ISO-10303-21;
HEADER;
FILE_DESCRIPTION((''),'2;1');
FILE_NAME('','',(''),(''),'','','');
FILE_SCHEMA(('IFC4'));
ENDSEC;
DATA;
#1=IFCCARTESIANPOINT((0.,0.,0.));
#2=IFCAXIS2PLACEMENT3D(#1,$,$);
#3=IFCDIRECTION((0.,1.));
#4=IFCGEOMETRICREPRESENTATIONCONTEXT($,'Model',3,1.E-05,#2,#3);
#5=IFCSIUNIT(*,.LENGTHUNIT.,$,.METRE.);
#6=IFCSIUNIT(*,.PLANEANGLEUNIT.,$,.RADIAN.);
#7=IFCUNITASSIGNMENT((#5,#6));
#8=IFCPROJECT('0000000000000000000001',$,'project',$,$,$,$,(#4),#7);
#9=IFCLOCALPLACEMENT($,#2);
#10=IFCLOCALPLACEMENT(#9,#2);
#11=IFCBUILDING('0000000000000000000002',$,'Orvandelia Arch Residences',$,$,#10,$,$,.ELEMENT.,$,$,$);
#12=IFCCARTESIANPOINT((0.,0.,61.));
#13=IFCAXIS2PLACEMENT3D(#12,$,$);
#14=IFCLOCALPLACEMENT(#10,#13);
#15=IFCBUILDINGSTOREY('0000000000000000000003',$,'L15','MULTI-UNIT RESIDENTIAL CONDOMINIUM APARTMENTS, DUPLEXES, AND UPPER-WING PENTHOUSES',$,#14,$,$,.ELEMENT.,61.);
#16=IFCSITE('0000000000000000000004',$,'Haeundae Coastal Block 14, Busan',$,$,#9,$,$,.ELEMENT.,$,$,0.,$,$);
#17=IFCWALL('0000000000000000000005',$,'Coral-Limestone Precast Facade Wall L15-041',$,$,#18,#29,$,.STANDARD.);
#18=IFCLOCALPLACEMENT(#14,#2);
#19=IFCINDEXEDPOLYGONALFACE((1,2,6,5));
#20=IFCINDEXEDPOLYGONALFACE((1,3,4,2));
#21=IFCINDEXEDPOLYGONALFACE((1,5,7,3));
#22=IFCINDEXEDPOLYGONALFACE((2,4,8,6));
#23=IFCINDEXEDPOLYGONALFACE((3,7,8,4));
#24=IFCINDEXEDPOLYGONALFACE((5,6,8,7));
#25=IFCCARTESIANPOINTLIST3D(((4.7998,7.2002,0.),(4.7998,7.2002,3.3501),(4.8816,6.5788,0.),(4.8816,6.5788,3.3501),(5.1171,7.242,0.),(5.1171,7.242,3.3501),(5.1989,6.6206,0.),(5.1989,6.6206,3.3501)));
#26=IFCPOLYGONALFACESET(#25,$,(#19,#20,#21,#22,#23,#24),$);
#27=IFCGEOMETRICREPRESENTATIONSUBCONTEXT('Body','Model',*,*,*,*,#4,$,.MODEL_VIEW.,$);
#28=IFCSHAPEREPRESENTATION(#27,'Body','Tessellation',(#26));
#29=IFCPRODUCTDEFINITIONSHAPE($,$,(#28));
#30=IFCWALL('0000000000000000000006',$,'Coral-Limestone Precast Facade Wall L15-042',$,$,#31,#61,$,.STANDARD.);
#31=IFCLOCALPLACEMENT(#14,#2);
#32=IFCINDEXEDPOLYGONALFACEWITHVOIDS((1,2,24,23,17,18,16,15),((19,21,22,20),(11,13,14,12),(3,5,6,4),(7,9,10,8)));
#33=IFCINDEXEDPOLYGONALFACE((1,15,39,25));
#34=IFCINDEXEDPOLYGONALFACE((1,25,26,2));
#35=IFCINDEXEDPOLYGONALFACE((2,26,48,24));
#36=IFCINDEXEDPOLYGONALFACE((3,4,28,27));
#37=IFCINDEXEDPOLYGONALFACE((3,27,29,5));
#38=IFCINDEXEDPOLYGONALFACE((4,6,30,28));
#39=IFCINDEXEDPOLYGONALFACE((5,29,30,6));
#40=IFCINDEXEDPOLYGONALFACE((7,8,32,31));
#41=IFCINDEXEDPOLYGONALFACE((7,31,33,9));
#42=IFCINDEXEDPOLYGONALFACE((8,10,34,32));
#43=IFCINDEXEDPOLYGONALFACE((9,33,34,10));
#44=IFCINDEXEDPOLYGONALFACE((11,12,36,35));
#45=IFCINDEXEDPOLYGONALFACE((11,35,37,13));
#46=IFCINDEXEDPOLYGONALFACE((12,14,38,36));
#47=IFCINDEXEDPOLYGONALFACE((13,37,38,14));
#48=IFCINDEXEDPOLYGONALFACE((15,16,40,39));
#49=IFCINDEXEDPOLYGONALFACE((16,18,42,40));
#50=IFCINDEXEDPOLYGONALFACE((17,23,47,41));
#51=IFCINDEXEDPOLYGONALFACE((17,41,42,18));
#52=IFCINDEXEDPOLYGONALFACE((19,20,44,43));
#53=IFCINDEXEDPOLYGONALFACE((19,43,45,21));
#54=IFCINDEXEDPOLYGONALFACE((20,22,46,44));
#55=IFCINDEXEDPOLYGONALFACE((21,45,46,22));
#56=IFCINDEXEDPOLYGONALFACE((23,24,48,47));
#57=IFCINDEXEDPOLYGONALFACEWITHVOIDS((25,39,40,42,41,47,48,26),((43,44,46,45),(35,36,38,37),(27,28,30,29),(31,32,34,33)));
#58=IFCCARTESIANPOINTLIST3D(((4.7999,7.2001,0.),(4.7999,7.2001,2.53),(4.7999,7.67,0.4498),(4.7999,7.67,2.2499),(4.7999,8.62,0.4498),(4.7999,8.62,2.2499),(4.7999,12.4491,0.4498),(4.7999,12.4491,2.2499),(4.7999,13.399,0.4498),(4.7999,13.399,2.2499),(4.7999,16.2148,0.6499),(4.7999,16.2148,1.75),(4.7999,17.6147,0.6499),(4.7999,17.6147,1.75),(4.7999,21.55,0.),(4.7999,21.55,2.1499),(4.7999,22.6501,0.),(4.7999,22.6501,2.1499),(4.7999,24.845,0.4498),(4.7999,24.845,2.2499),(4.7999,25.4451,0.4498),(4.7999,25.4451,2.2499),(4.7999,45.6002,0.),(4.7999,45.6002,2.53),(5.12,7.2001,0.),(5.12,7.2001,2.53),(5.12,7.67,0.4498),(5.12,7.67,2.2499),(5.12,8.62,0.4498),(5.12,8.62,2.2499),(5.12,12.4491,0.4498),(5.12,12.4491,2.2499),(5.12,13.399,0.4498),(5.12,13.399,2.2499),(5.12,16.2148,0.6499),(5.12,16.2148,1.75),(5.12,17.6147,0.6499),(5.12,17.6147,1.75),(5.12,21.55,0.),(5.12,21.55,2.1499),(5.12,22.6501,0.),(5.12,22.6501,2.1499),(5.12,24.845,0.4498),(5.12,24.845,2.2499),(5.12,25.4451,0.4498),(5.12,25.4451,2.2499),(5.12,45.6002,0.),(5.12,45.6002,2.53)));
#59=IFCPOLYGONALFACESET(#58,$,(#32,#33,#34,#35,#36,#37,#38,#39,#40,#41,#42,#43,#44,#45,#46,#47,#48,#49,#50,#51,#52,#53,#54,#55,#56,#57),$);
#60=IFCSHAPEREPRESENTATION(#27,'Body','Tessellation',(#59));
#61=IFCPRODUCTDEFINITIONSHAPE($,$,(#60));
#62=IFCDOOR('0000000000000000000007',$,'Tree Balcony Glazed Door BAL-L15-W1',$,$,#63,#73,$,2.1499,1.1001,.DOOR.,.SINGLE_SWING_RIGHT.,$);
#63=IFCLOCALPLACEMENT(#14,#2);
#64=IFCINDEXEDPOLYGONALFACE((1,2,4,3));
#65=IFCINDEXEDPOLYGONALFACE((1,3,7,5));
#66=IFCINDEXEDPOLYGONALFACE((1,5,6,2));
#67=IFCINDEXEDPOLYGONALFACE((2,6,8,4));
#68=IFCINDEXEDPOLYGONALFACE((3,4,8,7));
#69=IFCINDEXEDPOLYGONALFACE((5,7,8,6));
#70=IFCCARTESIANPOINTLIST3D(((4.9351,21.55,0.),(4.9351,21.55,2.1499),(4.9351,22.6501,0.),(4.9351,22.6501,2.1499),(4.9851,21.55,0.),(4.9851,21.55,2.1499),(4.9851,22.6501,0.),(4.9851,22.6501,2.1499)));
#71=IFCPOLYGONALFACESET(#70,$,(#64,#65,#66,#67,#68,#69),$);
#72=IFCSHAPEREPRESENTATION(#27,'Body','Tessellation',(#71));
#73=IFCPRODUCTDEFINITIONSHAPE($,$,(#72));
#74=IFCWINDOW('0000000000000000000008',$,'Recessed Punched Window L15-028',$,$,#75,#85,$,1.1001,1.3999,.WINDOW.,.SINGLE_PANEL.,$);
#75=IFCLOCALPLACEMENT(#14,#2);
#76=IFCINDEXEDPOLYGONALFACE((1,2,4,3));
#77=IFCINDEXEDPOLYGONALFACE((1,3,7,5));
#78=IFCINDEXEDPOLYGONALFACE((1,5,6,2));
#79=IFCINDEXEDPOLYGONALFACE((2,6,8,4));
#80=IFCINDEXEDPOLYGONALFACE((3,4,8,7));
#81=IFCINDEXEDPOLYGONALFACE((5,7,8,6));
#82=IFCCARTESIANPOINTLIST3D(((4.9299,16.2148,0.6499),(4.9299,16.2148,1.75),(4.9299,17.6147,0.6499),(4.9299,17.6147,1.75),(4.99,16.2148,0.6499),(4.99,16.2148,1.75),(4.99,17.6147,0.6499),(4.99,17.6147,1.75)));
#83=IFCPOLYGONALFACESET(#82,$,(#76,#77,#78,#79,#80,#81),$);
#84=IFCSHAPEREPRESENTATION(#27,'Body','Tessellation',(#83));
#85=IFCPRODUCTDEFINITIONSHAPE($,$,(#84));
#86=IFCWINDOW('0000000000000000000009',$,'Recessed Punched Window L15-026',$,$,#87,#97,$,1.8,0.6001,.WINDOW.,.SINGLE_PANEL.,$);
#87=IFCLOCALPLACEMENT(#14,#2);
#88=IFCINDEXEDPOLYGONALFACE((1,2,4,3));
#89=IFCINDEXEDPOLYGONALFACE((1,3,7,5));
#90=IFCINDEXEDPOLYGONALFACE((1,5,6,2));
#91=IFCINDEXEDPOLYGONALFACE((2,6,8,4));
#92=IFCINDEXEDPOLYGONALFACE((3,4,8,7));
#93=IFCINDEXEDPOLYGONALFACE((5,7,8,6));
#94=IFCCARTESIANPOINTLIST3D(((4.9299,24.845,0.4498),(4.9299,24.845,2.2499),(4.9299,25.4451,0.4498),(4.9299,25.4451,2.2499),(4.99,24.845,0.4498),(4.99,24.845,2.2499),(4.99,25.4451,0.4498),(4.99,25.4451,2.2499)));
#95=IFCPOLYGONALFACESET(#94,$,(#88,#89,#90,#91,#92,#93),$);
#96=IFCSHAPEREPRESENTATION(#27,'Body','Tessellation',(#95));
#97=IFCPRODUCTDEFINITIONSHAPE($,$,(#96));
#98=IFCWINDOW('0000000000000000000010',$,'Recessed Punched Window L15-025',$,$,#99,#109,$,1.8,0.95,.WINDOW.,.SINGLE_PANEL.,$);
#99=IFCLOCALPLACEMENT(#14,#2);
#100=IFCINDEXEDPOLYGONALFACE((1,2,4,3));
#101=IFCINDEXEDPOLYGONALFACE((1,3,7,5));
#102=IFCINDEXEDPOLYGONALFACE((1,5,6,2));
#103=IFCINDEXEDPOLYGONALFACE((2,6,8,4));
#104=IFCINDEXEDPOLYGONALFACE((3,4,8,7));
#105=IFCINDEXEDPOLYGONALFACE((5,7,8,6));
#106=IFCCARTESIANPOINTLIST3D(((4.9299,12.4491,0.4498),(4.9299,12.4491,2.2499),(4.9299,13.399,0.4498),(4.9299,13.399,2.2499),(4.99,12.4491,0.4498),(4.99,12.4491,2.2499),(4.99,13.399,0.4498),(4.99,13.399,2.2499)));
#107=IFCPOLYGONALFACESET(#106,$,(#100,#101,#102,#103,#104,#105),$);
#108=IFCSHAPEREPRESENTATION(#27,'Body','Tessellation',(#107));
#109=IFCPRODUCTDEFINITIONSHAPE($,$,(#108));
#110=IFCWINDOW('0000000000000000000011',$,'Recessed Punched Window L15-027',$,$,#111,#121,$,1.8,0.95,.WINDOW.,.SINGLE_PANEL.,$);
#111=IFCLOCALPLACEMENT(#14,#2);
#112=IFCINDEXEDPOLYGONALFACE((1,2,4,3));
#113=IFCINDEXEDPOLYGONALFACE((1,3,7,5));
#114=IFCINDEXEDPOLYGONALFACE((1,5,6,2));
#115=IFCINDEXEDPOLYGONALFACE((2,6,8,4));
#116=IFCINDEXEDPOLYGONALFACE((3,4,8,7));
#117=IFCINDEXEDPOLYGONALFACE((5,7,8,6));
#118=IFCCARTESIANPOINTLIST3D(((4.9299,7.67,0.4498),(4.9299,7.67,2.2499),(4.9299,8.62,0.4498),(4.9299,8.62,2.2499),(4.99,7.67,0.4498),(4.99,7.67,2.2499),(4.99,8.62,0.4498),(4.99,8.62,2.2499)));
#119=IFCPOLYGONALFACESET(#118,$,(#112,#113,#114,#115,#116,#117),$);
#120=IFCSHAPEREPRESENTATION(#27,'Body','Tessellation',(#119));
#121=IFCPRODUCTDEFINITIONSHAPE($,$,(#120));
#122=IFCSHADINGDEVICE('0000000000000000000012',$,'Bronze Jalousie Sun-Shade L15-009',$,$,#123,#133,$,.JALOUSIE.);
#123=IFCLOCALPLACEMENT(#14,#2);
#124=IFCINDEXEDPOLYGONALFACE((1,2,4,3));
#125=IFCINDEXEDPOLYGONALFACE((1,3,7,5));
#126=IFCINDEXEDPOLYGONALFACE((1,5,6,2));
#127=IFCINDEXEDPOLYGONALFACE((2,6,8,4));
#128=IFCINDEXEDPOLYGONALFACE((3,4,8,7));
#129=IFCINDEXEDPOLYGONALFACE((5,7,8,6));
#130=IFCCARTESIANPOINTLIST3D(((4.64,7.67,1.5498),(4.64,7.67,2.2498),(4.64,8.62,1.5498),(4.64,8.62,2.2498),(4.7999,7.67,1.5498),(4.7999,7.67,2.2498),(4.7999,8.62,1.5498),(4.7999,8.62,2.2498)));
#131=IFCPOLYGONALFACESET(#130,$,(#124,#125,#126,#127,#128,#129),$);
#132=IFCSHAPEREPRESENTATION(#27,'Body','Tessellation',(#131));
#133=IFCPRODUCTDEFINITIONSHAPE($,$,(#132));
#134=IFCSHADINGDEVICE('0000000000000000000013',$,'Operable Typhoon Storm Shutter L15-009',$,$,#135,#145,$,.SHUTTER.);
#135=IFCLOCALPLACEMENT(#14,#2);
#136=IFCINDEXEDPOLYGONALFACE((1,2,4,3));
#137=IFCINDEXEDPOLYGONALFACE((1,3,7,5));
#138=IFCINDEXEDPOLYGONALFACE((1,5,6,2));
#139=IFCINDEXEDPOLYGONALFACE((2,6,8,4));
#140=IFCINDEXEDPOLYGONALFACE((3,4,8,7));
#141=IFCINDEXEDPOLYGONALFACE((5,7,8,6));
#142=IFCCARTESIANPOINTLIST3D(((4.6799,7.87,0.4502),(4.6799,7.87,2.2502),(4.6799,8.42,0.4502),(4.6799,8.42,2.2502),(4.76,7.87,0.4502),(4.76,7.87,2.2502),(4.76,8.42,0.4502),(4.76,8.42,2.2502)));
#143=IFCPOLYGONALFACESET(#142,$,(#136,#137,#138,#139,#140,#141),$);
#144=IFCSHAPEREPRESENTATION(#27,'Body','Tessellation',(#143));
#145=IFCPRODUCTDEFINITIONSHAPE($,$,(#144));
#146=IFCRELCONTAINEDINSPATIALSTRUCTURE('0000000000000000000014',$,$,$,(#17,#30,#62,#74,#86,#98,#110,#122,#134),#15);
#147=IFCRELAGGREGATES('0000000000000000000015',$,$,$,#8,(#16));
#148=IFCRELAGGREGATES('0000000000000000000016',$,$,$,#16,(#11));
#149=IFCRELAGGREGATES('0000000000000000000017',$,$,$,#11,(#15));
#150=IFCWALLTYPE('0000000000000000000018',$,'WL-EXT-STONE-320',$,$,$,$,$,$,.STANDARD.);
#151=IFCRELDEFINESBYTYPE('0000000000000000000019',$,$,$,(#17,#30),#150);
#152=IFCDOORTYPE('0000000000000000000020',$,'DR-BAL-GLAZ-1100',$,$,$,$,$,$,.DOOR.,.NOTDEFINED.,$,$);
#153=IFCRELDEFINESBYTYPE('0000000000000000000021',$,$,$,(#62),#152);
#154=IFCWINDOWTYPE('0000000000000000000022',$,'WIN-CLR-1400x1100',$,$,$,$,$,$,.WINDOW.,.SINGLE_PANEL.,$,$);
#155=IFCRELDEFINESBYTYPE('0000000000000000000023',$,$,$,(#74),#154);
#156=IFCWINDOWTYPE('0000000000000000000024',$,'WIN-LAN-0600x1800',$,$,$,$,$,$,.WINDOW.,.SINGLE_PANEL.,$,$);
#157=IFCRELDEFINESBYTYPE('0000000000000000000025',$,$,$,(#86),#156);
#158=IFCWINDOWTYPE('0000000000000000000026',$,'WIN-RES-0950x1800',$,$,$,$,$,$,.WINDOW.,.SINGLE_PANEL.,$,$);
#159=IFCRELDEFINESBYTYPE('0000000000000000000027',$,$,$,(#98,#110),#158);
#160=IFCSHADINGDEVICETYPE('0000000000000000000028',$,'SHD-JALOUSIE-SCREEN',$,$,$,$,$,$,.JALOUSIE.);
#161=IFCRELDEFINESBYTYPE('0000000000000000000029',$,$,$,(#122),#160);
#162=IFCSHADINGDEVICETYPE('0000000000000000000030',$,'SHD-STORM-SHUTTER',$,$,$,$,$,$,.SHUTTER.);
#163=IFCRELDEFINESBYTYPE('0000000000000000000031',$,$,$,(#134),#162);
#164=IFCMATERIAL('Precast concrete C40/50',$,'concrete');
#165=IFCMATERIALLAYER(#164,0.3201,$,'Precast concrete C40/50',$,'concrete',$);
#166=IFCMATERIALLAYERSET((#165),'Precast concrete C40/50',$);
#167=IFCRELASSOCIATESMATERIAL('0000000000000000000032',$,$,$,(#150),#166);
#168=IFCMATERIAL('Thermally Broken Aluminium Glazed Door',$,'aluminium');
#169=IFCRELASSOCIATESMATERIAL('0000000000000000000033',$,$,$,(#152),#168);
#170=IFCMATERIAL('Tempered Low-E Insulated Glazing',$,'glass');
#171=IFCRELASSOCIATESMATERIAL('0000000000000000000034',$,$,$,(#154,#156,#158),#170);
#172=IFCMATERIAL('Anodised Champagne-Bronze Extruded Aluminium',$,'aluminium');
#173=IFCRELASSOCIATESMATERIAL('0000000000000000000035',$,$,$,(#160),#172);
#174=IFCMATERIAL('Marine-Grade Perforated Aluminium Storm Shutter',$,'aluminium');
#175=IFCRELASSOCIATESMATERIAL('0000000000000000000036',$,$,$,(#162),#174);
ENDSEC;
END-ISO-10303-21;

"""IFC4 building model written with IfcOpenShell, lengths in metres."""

from ifc_helpers import new_model, si_unit, direction, frame, frame_2d, origin, origin_2d, place, context, subcontext, project, spatial, rectangle, extrude, material, layer, layer_set, type_object, element, fill, save


model = new_model("IFC4")

# Units and contexts
model_context = context("Model", 3, precision=1e-05, world=origin(), true_north=direction((0.0, 1.0)))
body_context = subcontext(model_context, "Body", "Model", "MODEL_VIEW")
ifc_project = project(units=[si_unit("LENGTHUNIT", "METRE"), si_unit("PLANEANGLEUNIT", "RADIAN")], contexts=[model_context])

# Site, building, storey
site_placement = place(None, origin())
site = spatial("IfcSite", under=ifc_project, at=site_placement, Name="Haeundae Coastal Block 14, Busan", CompositionType="ELEMENT", RefElevation=0.0)
building_placement = place(site_placement, origin())
building = spatial("IfcBuilding", under=site, at=building_placement, Name="Orvandelia Arch Residences", CompositionType="ELEMENT")
storey_placement = place(building_placement, frame((0.0, 0.0, 61.0)))
storey = spatial("IfcBuildingStorey", under=building, at=storey_placement, Name="L15", Description="MULTI-UNIT RESIDENTIAL CONDOMINIUM APARTMENTS, DUPLEXES, AND UPPER-WING PENTHOUSES", CompositionType="ELEMENT", Elevation=61.0)

# Shared definitions
ifc_material_1 = material(Name="Precast concrete C40/50", Category="concrete")

# Wall
ifc_layer_1 = layer(ifc_material_1, 0.3201, Name="Precast concrete C40/50", Category="concrete")
ifc_layer_set_1 = layer_set([ifc_layer_1], Name="Precast concrete C40/50")
wall_type_1 = type_object("IfcWallType", Name="WL-EXT-STONE-320", PredefinedType="STANDARD", material=ifc_layer_set_1)
wall_1_placement = place(storey_placement, frame((5.0403, 6.5996, 0.0), z_axis=(0.0, 0.0, 1.0), x_axis=(-0.130505, 0.991448, 0.0)))
element("IfcWall", 1, at=wall_1_placement, inside=storey, type_object=wall_type_1, Name="Coral-Limestone Precast Facade Wall L15-041", PredefinedType="STANDARD", context=body_context, shape_type="SweptSolid", body=[
    extrude(rectangle(XDim=0.6267, YDim=0.3201, at=frame_2d((0.3135, 0.0))), origin(), (0.0, 0.0, 1.0), 3.3501),
])

# Wall, openings, door, windows
wall_2_placement = place(storey_placement, frame((4.96, 7.2, 0.0), z_axis=(0.0, 0.0, 1.0), x_axis=(0.0, 1.0, 0.0)))
wall_2 = element("IfcWall", 2, at=wall_2_placement, inside=storey, type_object=wall_type_1, Name="Coral-Limestone Precast Facade Wall L15-042", PredefinedType="STANDARD", context=body_context, shape_type="SweptSolid", body=[
    extrude(rectangle(XDim=38.4001, YDim=0.3201, at=frame_2d((19.2002, 0.0))), origin(), (0.0, 0.0, 1.0), 2.53),
])
opening_1_placement = place(wall_2_placement, frame((14.3501, 0.0, 0.0)))
opening_1 = element("IfcOpeningElement", 3, at=opening_1_placement, cuts=wall_2, PredefinedType="OPENING", context=body_context, shape_type="SweptSolid", body=[
    extrude(rectangle(XDim=1.1001, YDim=2.1499, at=frame_2d((0.55, 1.075))), frame((0.0, 0.1699, 0.0), z_axis=(0.0, -1.0, 0.0), x_axis=(1.0, 0.0, 0.0)), (0.0, 0.0, 1.0), 0.3401),
])
opening_2_placement = place(wall_2_placement, frame((5.249, 0.0, 0.45)))
opening_2 = element("IfcOpeningElement", 4, at=opening_2_placement, cuts=wall_2, PredefinedType="OPENING", context=body_context, shape_type="SweptSolid", body=[
    extrude(rectangle(XDim=0.95, YDim=1.8, at=frame_2d((0.4751, 0.8999))), frame((0.0, 0.1699, 0.0), z_axis=(0.0, -1.0, 0.0), x_axis=(1.0, 0.0, 0.0)), (0.0, 0.0, 1.0), 0.3401),
])
opening_3_placement = place(wall_2_placement, frame((17.645, 0.0, 0.45)))
opening_3 = element("IfcOpeningElement", 5, at=opening_3_placement, cuts=wall_2, PredefinedType="OPENING", context=body_context, shape_type="SweptSolid", body=[
    extrude(rectangle(XDim=0.6001, YDim=1.8, at=frame_2d((0.3, 0.8999))), frame((0.0, 0.1699, 0.0), z_axis=(0.0, -1.0, 0.0), x_axis=(1.0, 0.0, 0.0)), (0.0, 0.0, 1.0), 0.3401),
])
opening_4_placement = place(wall_2_placement, frame((0.47, 0.0, 0.45)))
opening_4 = element("IfcOpeningElement", 6, at=opening_4_placement, cuts=wall_2, PredefinedType="OPENING", context=body_context, shape_type="SweptSolid", body=[
    extrude(rectangle(XDim=0.95, YDim=1.8, at=frame_2d((0.4751, 0.8999))), frame((0.0, 0.1699, 0.0), z_axis=(0.0, -1.0, 0.0), x_axis=(1.0, 0.0, 0.0)), (0.0, 0.0, 1.0), 0.3401),
])
opening_5_placement = place(wall_2_placement, frame((9.0149, 0.0, 0.6499)))
opening_5 = element("IfcOpeningElement", 7, at=opening_5_placement, cuts=wall_2, PredefinedType="OPENING", context=body_context, shape_type="SweptSolid", body=[
    extrude(rectangle(XDim=1.3999, YDim=1.1001, at=frame_2d((0.7, 0.55))), frame((0.0, 0.1699, 0.0), z_axis=(0.0, -1.0, 0.0), x_axis=(1.0, 0.0, 0.0)), (0.0, 0.0, 1.0), 0.3401),
])
ifc_material_2 = material(Name="Thermally Broken Aluminium Glazed Door", Category="aluminium")
door_type_1 = type_object("IfcDoorType", Name="DR-BAL-GLAZ-1100", OperationType="NOTDEFINED", PredefinedType="DOOR", material=ifc_material_2)
door_1_placement = place(opening_1_placement, origin())
door_1 = element("IfcDoor", 8, at=door_1_placement, inside=storey, type_object=door_type_1, Name="Tree Balcony Glazed Door BAL-L15-W1", OperationType="SINGLE_SWING_RIGHT", OverallHeight=2.1499, OverallWidth=1.1001, PredefinedType="DOOR", context=body_context, shape_type="SweptSolid", body=[
    extrude(rectangle(XDim=1.1001, YDim=2.1499, at=frame_2d((0.55, 1.075))), frame((0.0, 0.0249, 0.0), z_axis=(0.0, -1.0, 0.0), x_axis=(1.0, 0.0, 0.0)), (0.0, 0.0, 1.0), 0.05),
])
fill(opening_1, door_1)
ifc_material_3 = material(Name="Tempered Low-E Insulated Glazing", Category="glass")
window_type_1 = type_object("IfcWindowType", Name="WIN-CLR-1400x1100", PartitioningType="SINGLE_PANEL", PredefinedType="WINDOW", material=ifc_material_3)
window_1_placement = place(opening_5_placement, origin())
window_1 = element("IfcWindow", 9, at=window_1_placement, inside=storey, type_object=window_type_1, Name="Recessed Punched Window L15-028", OverallHeight=1.1001, OverallWidth=1.3999, PartitioningType="SINGLE_PANEL", PredefinedType="WINDOW", context=body_context, shape_type="SweptSolid", body=[
    extrude(rectangle(XDim=1.3999, YDim=1.1001, at=frame_2d((0.7, 0.55))), frame((0.0, 0.03, 0.0), z_axis=(0.0, -1.0, 0.0), x_axis=(1.0, 0.0, 0.0)), (0.0, 0.0, 1.0), 0.0601),
])
fill(opening_5, window_1)
window_type_2 = type_object("IfcWindowType", Name="WIN-LAN-0600x1800", PartitioningType="SINGLE_PANEL", PredefinedType="WINDOW", material=ifc_material_3)
window_2_placement = place(opening_3_placement, origin())
window_2 = element("IfcWindow", 10, at=window_2_placement, inside=storey, type_object=window_type_2, Name="Recessed Punched Window L15-026", OverallHeight=1.8, OverallWidth=0.6001, PartitioningType="SINGLE_PANEL", PredefinedType="WINDOW", context=body_context, shape_type="SweptSolid", body=[
    extrude(rectangle(XDim=0.6001, YDim=1.8, at=frame_2d((0.3, 0.8999))), frame((0.0, 0.03, 0.0), z_axis=(0.0, -1.0, 0.0), x_axis=(1.0, 0.0, 0.0)), (0.0, 0.0, 1.0), 0.0601),
])
fill(opening_3, window_2)
window_type_3 = type_object("IfcWindowType", Name="WIN-RES-0950x1800", PartitioningType="SINGLE_PANEL", PredefinedType="WINDOW", material=ifc_material_3)
window_3_placement = place(opening_2_placement, origin())
window_3 = element("IfcWindow", 11, at=window_3_placement, inside=storey, type_object=window_type_3, Name="Recessed Punched Window L15-025", OverallHeight=1.8, OverallWidth=0.95, PartitioningType="SINGLE_PANEL", PredefinedType="WINDOW", context=body_context, shape_type="SweptSolid", body=[
    extrude(rectangle(XDim=0.95, YDim=1.8, at=frame_2d((0.4751, 0.8999))), frame((0.0, 0.03, 0.0), z_axis=(0.0, -1.0, 0.0), x_axis=(1.0, 0.0, 0.0)), (0.0, 0.0, 1.0), 0.0601),
])
fill(opening_2, window_3)
window_4_placement = place(opening_4_placement, origin())
window_4 = element("IfcWindow", 12, at=window_4_placement, inside=storey, type_object=window_type_3, Name="Recessed Punched Window L15-027", OverallHeight=1.8, OverallWidth=0.95, PartitioningType="SINGLE_PANEL", PredefinedType="WINDOW", context=body_context, shape_type="SweptSolid", body=[
    extrude(rectangle(XDim=0.95, YDim=1.8, at=frame_2d((0.4751, 0.8999))), frame((0.0, 0.03, 0.0), z_axis=(0.0, -1.0, 0.0), x_axis=(1.0, 0.0, 0.0)), (0.0, 0.0, 1.0), 0.0601),
])
fill(opening_4, window_4)

# Shading devices
ifc_material_4 = material(Name="Anodised Champagne-Bronze Extruded Aluminium", Category="aluminium")
shading_device_type_1 = type_object("IfcShadingDeviceType", Name="SHD-JALOUSIE-SCREEN", PredefinedType="JALOUSIE", material=ifc_material_4)
shading_device_1_placement = place(storey_placement, frame((4.72, 8.145, 1.5498), z_axis=(0.0, 0.0, 1.0), x_axis=(0.0, 1.0, 0.0)))
element("IfcShadingDevice", 13, at=shading_device_1_placement, inside=storey, type_object=shading_device_type_1, Name="Bronze Jalousie Sun-Shade L15-009", PredefinedType="JALOUSIE", context=body_context, shape_type="SweptSolid", body=[
    extrude(rectangle(XDim=0.95, YDim=0.1599, at=origin_2d()), origin(), (0.0, 0.0, 1.0), 0.7),
])
ifc_material_5 = material(Name="Marine-Grade Perforated Aluminium Storm Shutter", Category="aluminium")
shading_device_type_2 = type_object("IfcShadingDeviceType", Name="SHD-STORM-SHUTTER", PredefinedType="SHUTTER", material=ifc_material_5)
shading_device_2_placement = place(storey_placement, frame((4.72, 8.145, 0.4502), z_axis=(0.0, 0.0, 1.0), x_axis=(0.0, 1.0, 0.0)))
element("IfcShadingDevice", 14, at=shading_device_2_placement, inside=storey, type_object=shading_device_type_2, Name="Operable Typhoon Storm Shutter L15-009", PredefinedType="SHUTTER", context=body_context, shape_type="SweptSolid", body=[
    extrude(rectangle(XDim=0.55, YDim=0.0801, at=origin_2d()), origin(), (0.0, 0.0, 1.0), 1.8),
])

save(model, "model.ifc")
